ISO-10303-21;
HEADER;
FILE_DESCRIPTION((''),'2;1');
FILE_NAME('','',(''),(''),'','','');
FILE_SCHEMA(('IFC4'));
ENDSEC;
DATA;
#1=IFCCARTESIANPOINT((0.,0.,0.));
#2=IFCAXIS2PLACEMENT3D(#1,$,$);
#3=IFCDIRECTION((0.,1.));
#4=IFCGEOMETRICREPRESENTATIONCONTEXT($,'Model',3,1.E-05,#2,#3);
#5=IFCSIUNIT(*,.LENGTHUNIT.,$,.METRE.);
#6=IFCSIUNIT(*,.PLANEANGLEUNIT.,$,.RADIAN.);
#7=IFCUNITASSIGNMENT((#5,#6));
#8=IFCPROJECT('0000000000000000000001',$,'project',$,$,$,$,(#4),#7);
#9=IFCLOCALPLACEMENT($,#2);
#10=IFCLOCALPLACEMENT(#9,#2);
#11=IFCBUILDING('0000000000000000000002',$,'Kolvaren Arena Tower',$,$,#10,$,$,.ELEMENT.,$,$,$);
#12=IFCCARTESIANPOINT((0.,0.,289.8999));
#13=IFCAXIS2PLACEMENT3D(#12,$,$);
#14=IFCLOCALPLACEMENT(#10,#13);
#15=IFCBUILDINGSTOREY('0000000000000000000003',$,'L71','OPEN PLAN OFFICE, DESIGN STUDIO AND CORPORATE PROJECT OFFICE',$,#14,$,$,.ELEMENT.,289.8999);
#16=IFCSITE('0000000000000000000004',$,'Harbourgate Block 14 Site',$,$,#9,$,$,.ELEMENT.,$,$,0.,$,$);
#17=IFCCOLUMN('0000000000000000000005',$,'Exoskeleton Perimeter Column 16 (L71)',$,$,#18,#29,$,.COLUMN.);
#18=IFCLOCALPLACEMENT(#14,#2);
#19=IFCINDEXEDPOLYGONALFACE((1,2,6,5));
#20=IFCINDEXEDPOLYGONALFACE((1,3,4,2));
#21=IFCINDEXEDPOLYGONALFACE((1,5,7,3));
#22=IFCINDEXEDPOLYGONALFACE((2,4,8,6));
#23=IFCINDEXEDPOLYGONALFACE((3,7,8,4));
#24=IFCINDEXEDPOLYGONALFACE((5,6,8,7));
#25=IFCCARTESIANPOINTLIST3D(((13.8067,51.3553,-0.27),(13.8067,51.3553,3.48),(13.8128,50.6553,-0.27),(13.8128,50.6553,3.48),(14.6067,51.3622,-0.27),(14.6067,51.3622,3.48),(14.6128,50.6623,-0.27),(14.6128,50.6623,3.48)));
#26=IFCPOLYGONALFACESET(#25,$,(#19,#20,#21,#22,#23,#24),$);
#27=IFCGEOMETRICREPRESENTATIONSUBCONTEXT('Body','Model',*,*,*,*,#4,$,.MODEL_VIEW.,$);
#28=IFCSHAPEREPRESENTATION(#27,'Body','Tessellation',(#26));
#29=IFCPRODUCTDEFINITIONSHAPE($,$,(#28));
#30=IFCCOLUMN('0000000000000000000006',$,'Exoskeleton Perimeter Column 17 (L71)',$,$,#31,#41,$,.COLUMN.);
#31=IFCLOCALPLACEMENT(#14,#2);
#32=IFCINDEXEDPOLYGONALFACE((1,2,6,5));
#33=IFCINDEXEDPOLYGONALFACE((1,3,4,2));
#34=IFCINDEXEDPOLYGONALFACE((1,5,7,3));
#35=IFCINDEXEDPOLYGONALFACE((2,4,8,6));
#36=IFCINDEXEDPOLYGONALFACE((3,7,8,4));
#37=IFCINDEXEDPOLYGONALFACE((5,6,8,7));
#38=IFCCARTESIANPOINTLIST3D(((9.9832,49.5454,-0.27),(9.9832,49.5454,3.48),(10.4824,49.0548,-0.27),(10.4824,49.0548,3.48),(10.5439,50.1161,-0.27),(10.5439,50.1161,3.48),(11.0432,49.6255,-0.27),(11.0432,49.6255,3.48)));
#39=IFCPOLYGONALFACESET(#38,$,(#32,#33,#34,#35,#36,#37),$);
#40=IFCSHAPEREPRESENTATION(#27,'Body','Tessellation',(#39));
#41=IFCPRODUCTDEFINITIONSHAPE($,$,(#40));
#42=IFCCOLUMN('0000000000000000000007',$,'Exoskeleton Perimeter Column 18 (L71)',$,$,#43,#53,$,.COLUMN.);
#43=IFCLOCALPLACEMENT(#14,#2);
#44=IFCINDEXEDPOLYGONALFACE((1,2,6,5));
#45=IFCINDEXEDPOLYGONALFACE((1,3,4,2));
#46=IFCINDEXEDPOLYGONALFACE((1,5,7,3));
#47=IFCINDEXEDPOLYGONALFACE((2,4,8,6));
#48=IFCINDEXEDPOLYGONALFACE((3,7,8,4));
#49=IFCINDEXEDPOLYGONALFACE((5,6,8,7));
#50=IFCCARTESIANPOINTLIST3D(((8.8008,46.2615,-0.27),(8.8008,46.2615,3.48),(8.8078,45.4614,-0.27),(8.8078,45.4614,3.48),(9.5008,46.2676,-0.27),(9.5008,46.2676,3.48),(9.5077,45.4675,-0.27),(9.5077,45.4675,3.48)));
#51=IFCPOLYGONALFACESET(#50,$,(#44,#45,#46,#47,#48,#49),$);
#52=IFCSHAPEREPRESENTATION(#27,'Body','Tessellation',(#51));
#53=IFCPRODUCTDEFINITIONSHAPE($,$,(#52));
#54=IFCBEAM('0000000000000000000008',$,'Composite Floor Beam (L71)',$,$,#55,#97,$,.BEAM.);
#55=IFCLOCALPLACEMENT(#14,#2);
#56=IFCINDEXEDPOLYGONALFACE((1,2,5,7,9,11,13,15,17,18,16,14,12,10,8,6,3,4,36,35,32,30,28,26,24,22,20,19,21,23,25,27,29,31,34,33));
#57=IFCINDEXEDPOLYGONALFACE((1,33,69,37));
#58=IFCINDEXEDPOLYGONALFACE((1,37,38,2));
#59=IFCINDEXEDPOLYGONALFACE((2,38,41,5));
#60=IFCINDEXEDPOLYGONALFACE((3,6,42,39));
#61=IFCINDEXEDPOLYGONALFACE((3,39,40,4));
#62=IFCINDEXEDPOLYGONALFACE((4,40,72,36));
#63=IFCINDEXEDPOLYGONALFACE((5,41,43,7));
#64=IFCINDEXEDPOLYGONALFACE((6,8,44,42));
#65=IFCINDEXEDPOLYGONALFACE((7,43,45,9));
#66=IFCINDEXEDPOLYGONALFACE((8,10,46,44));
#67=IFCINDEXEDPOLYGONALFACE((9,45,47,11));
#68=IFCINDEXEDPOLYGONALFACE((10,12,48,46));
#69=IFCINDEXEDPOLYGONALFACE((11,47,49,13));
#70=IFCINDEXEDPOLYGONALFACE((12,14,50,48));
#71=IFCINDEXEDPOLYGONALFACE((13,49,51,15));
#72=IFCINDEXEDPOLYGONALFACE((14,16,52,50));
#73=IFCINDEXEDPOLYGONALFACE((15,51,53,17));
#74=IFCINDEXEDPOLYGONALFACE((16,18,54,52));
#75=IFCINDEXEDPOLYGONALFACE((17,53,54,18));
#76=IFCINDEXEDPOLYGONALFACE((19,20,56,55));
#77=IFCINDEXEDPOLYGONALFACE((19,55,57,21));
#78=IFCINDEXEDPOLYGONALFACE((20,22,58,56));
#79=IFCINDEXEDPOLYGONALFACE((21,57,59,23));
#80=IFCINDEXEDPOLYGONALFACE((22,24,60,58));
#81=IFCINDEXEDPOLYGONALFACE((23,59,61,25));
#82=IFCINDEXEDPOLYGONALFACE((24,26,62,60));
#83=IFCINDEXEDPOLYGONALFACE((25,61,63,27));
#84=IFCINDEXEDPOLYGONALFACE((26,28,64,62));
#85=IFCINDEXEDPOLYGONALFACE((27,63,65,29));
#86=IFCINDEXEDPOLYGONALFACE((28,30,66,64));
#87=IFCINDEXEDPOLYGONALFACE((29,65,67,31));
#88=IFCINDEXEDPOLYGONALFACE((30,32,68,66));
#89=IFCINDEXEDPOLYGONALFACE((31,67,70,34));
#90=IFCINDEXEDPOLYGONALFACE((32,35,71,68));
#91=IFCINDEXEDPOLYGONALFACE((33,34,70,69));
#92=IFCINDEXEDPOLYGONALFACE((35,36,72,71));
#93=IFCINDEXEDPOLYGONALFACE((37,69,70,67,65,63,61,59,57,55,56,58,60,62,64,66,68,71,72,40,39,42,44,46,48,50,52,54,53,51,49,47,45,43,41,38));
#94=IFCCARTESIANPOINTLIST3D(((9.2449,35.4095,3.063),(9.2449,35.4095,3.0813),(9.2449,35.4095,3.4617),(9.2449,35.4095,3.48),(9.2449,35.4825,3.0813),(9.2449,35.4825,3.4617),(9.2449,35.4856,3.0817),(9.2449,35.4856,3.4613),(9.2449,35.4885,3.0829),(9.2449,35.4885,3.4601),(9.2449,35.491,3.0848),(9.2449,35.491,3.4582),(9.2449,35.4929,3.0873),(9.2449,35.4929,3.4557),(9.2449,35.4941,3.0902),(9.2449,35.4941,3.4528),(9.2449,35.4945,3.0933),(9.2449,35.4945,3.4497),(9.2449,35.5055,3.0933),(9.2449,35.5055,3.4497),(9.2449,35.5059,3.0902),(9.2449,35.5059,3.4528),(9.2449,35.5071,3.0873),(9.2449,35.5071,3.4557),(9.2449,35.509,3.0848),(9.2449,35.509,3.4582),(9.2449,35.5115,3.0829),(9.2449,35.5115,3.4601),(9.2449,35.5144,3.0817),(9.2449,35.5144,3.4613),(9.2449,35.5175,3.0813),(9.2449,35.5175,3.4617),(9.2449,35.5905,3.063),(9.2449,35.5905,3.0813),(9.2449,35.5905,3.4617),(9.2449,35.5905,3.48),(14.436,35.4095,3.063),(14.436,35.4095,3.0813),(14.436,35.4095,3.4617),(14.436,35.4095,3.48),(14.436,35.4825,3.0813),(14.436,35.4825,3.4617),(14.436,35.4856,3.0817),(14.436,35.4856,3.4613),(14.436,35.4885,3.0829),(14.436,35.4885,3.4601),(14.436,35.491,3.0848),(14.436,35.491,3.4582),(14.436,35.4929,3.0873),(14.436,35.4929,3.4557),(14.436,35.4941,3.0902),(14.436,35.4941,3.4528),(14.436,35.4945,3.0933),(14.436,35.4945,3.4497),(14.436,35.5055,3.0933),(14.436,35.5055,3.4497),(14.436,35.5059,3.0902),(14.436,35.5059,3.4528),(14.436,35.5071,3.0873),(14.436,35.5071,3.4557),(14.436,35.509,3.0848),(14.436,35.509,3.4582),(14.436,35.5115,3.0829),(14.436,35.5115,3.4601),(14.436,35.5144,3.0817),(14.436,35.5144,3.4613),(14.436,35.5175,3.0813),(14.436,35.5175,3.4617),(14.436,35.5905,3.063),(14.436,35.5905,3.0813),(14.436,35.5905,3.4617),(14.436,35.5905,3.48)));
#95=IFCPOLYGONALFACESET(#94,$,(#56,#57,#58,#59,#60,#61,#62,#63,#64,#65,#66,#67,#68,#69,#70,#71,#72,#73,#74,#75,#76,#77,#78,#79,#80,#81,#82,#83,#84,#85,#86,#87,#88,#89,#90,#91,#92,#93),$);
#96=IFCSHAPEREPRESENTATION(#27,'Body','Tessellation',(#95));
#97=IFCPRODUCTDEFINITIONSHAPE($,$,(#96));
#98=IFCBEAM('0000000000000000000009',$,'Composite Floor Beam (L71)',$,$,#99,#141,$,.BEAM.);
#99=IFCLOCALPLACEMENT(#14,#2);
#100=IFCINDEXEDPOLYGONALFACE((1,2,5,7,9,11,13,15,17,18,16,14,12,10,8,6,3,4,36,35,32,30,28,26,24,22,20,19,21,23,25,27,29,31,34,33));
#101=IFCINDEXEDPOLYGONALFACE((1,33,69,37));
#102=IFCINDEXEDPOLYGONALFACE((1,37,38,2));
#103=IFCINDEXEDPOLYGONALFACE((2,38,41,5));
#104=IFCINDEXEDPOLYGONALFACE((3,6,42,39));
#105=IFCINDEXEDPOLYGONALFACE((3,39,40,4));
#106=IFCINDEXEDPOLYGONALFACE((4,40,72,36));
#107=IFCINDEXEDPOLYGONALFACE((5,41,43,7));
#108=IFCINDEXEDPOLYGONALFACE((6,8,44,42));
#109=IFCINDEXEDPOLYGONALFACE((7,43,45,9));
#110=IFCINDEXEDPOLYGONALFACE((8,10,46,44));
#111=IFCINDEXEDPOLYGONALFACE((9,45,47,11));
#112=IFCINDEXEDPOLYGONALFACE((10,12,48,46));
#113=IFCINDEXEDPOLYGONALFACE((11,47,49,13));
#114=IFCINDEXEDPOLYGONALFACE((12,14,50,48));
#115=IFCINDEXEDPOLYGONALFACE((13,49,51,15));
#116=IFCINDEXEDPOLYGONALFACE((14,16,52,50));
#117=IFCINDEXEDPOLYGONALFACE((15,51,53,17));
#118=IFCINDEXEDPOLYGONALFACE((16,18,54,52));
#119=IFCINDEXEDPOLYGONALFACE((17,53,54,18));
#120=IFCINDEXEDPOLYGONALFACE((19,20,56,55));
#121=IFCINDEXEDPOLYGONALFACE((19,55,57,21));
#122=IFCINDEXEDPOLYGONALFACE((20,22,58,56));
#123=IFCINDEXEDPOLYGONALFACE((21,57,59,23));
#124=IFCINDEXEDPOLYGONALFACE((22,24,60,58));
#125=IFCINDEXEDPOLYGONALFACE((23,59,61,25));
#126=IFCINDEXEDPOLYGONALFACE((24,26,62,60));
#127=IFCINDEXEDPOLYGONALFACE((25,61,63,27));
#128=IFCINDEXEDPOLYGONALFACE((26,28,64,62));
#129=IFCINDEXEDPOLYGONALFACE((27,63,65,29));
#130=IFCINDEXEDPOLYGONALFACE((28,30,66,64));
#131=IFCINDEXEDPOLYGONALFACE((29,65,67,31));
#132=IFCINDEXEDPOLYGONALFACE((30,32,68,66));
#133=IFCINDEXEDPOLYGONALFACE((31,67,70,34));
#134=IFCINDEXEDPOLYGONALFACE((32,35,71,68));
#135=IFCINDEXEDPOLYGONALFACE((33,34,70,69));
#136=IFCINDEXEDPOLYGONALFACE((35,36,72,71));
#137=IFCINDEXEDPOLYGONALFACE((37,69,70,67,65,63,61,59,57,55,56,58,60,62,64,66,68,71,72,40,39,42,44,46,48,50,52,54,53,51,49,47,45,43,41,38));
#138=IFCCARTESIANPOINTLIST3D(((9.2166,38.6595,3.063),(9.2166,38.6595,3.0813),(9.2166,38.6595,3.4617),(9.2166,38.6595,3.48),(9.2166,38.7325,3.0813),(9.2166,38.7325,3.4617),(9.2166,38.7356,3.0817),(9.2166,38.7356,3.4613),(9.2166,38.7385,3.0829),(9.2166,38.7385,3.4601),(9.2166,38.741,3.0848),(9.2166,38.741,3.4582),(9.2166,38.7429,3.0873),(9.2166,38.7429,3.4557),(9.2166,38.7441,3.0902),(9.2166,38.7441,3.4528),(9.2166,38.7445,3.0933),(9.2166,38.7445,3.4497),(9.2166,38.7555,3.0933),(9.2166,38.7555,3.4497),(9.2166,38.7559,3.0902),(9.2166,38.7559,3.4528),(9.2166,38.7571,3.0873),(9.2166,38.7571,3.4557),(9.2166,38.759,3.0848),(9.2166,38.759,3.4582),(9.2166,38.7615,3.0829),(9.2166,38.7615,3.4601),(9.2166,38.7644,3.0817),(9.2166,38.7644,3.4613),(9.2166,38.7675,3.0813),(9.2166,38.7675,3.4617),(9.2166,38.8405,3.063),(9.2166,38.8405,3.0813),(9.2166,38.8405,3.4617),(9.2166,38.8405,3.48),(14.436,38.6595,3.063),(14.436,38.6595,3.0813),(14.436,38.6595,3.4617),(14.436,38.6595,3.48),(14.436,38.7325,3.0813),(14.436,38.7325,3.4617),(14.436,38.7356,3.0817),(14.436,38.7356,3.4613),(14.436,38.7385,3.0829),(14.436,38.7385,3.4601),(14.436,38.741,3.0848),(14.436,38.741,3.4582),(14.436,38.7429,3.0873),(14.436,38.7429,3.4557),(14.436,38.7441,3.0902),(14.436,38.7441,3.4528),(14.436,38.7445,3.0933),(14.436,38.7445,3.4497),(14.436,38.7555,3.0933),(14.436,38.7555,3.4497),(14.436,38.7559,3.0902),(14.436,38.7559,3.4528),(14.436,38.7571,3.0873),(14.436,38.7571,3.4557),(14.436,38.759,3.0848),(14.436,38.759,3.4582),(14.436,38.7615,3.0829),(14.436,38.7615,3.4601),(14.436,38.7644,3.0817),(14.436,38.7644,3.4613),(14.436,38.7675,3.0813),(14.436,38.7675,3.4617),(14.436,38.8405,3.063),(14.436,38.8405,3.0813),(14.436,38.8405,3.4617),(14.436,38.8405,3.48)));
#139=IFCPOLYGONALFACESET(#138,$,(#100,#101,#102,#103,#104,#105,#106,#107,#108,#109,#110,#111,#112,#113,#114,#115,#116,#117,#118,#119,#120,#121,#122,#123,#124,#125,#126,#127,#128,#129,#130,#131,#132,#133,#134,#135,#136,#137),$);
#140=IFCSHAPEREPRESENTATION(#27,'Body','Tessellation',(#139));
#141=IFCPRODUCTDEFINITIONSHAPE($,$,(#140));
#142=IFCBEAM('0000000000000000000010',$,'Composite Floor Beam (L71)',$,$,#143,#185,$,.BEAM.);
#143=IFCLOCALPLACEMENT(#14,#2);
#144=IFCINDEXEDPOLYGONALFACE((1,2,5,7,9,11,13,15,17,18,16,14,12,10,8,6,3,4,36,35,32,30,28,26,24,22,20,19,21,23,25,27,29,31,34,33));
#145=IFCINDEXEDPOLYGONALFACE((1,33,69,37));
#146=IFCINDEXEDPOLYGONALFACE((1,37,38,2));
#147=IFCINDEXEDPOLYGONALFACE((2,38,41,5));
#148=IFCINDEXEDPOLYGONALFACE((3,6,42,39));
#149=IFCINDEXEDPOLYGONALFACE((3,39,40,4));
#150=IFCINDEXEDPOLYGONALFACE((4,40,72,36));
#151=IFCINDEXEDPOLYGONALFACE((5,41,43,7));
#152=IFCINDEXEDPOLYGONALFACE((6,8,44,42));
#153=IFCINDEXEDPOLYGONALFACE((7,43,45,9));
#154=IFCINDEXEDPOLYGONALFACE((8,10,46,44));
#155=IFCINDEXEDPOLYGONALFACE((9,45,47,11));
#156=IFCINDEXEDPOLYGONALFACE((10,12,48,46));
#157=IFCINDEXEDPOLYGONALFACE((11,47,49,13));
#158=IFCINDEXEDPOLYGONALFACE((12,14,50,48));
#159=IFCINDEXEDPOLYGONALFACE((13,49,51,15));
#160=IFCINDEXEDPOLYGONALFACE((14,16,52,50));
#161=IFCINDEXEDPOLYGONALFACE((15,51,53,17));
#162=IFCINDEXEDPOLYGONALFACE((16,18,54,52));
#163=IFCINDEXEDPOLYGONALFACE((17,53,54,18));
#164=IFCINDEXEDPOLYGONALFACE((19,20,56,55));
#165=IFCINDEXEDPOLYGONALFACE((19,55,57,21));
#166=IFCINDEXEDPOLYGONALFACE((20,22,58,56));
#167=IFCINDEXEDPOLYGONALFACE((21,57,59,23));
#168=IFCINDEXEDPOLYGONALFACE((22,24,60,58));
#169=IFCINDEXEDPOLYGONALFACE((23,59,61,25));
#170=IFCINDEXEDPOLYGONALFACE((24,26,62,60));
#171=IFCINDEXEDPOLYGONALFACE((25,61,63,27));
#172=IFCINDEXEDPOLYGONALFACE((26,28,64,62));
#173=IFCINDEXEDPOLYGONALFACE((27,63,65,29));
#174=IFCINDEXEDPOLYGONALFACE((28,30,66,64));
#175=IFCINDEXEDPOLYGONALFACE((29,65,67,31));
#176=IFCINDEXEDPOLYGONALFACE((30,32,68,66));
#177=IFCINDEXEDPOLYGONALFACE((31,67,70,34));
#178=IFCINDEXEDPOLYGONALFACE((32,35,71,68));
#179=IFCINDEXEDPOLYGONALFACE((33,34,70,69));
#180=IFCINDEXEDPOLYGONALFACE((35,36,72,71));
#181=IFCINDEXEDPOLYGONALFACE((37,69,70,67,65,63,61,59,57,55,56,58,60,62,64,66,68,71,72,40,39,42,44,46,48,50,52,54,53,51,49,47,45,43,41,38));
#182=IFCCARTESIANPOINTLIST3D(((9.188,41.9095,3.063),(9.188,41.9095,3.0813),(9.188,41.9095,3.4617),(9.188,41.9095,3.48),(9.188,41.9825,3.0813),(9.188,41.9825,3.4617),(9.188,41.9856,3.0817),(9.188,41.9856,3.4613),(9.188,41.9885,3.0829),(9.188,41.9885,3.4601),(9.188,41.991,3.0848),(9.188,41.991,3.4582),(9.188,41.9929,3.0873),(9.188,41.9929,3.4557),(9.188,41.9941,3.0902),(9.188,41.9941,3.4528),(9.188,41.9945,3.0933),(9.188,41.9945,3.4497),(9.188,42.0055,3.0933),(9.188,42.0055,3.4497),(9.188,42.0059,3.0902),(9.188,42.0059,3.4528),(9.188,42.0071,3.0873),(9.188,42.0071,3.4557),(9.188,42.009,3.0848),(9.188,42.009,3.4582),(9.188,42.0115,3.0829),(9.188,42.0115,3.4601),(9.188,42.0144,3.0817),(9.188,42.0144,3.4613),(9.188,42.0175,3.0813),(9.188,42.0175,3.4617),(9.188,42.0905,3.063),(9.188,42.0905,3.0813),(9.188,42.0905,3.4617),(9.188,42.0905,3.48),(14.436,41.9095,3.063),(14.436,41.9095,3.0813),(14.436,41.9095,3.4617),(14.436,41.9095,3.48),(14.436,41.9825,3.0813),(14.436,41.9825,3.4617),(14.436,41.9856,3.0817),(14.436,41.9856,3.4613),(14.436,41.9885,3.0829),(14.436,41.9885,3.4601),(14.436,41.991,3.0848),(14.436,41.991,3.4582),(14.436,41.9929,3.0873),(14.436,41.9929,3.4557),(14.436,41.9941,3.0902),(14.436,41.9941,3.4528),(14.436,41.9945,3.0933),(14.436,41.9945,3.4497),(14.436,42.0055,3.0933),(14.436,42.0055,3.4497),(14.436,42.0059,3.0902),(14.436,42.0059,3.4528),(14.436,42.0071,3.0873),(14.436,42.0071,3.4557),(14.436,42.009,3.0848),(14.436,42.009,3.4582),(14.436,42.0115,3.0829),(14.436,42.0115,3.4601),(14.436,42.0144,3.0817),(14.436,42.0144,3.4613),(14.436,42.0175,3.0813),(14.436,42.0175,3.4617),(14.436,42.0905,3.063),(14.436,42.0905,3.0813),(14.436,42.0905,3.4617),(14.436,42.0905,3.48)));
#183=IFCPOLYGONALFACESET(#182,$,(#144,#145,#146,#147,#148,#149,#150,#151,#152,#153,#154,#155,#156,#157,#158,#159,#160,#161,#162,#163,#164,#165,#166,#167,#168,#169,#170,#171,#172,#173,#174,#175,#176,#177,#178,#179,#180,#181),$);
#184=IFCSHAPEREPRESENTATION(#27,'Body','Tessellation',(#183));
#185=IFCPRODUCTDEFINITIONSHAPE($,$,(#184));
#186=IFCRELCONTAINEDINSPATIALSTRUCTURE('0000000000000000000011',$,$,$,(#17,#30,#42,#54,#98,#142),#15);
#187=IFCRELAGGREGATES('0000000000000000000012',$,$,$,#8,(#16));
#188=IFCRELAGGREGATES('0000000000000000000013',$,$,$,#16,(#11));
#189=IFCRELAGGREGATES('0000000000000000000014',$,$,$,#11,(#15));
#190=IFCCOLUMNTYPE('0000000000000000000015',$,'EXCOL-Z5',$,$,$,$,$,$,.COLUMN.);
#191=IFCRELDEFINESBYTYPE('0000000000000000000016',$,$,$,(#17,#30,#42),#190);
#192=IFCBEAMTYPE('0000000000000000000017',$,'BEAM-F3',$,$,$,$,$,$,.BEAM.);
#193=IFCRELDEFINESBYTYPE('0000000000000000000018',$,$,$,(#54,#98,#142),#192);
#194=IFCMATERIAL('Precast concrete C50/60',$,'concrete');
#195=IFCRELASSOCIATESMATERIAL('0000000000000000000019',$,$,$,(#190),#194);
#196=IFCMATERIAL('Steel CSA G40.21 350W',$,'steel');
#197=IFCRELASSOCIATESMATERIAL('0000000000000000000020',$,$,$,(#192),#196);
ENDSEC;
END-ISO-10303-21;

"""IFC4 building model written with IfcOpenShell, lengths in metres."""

from ifc_helpers import new_model, si_unit, direction, frame, origin, origin_2d, place, context, subcontext, project, spatial, rectangle, i_section, extrude, material, material_profile, profile_set, type_object, element, save


model = new_model("IFC4")

# Units and contexts
model_context = context("Model", 3, precision=1e-05, world=origin(), true_north=direction((0.0, 1.0)))
body_context = subcontext(model_context, "Body", "Model", "MODEL_VIEW")
ifc_project = project(units=[si_unit("LENGTHUNIT", "METRE"), si_unit("PLANEANGLEUNIT", "RADIAN")], contexts=[model_context])

# Site, building, storey
site_placement = place(None, origin())
site = spatial("IfcSite", under=ifc_project, at=site_placement, Name="Harbourgate Block 14 Site", CompositionType="ELEMENT", RefElevation=0.0)
building_placement = place(site_placement, origin())
building = spatial("IfcBuilding", under=site, at=building_placement, Name="Kolvaren Arena Tower", CompositionType="ELEMENT")
storey_placement = place(building_placement, frame((0.0, 0.0, 289.8999)))
storey = spatial("IfcBuildingStorey", under=building, at=storey_placement, Name="L71", Description="OPEN PLAN OFFICE, DESIGN STUDIO AND CORPORATE PROJECT OFFICE", CompositionType="ELEMENT", Elevation=289.8999)

# Columns
ifc_material_1 = material(Name="Precast concrete C50/60", Category="concrete")
ifc_material_profile_1 = material_profile(ifc_material_1, rectangle(XDim=0.8, YDim=0.7, at=origin_2d()), Name="RC-800x700")
ifc_profile_set_1 = profile_set([ifc_material_profile_1], Name="Precast concrete C50/60")
column_type = type_object("IfcColumnType", Name="EXCOL-Z5", PredefinedType="COLUMN", material=ifc_profile_set_1)
for number, where, z_axis, x_axis, name in (
    (1, (14.2097, 51.0088, -0.27), (0.0, 0.0, 1.0), (0.999962, 0.008727, 0.0), "Exoskeleton Perimeter Column 16 (L71)"),
    (2, (10.5132, 49.5854, -0.27), (0.0, 0.0, 1.0), (0.700909, 0.71325, 0.0), "Exoskeleton Perimeter Column 17 (L71)"),
    (3, (9.1543, 45.8645, -0.27), (0.0, 0.0, 1.0), (-0.008727, 0.999962, 0.0), "Exoskeleton Perimeter Column 18 (L71)"),
):
    element("IfcColumn", number, at=place(storey_placement, frame(where, z_axis=z_axis, x_axis=x_axis)), inside=storey, type_object=column_type, Name=name, PredefinedType="COLUMN", context=body_context, shape_type="SweptSolid", body=[
        extrude(rectangle(XDim=0.8, YDim=0.7, at=origin_2d()), origin(), (0.0, 0.0, 1.0), 3.75),
    ])

# Beams
ifc_material_2 = material(Name="Steel CSA G40.21 350W", Category="steel")
ifc_material_profile_2 = material_profile(ifc_material_2, i_section(OverallWidth=0.1809, OverallDepth=0.417, WebThickness=0.011, FlangeThickness=0.0183, FilletRadius=0.012, at=origin_2d()), Name="W410x85")
ifc_profile_set_2 = profile_set([ifc_material_profile_2], Name="Steel CSA G40.21 350W")
beam_type_1 = type_object("IfcBeamType", Name="BEAM-F3", PredefinedType="BEAM", material=ifc_profile_set_2)
beam_1_placement = place(storey_placement, frame((9.2449, 35.5, 3.2715), z_axis=(1.0, 0.0, 0.0), x_axis=(0.0, 1.0, 0.0)))
element("IfcBeam", 4, at=beam_1_placement, inside=storey, type_object=beam_type_1, Name="Composite Floor Beam (L71)", PredefinedType="BEAM", context=body_context, shape_type="SweptSolid", body=[
    extrude(i_section(OverallWidth=0.1809, OverallDepth=0.417, WebThickness=0.011, FlangeThickness=0.0183, FilletRadius=0.012, at=origin_2d()), origin(), (0.0, 0.0, 1.0), 5.1912),
])
beam_2_placement = place(storey_placement, frame((9.2166, 38.75, 3.2715), z_axis=(1.0, 0.0, 0.0), x_axis=(0.0, 1.0, 0.0)))
element("IfcBeam", 5, at=beam_2_placement, inside=storey, type_object=beam_type_1, Name="Composite Floor Beam (L71)", PredefinedType="BEAM", context=body_context, shape_type="SweptSolid", body=[
    extrude(i_section(OverallWidth=0.1809, OverallDepth=0.417, WebThickness=0.011, FlangeThickness=0.0183, FilletRadius=0.012, at=origin_2d()), origin(), (0.0, 0.0, 1.0), 5.2195),
])
beam_3_placement = place(storey_placement, frame((9.188, 42.0, 3.2715), z_axis=(1.0, 0.0, 0.0), x_axis=(0.0, 1.0, 0.0)))
element("IfcBeam", 6, at=beam_3_placement, inside=storey, type_object=beam_type_1, Name="Composite Floor Beam (L71)", PredefinedType="BEAM", context=body_context, shape_type="SweptSolid", body=[
    extrude(i_section(OverallWidth=0.1809, OverallDepth=0.417, WebThickness=0.011, FlangeThickness=0.0183, FilletRadius=0.012, at=origin_2d()), origin(), (0.0, 0.0, 1.0), 5.248),
])

save(model, "model.ifc")
